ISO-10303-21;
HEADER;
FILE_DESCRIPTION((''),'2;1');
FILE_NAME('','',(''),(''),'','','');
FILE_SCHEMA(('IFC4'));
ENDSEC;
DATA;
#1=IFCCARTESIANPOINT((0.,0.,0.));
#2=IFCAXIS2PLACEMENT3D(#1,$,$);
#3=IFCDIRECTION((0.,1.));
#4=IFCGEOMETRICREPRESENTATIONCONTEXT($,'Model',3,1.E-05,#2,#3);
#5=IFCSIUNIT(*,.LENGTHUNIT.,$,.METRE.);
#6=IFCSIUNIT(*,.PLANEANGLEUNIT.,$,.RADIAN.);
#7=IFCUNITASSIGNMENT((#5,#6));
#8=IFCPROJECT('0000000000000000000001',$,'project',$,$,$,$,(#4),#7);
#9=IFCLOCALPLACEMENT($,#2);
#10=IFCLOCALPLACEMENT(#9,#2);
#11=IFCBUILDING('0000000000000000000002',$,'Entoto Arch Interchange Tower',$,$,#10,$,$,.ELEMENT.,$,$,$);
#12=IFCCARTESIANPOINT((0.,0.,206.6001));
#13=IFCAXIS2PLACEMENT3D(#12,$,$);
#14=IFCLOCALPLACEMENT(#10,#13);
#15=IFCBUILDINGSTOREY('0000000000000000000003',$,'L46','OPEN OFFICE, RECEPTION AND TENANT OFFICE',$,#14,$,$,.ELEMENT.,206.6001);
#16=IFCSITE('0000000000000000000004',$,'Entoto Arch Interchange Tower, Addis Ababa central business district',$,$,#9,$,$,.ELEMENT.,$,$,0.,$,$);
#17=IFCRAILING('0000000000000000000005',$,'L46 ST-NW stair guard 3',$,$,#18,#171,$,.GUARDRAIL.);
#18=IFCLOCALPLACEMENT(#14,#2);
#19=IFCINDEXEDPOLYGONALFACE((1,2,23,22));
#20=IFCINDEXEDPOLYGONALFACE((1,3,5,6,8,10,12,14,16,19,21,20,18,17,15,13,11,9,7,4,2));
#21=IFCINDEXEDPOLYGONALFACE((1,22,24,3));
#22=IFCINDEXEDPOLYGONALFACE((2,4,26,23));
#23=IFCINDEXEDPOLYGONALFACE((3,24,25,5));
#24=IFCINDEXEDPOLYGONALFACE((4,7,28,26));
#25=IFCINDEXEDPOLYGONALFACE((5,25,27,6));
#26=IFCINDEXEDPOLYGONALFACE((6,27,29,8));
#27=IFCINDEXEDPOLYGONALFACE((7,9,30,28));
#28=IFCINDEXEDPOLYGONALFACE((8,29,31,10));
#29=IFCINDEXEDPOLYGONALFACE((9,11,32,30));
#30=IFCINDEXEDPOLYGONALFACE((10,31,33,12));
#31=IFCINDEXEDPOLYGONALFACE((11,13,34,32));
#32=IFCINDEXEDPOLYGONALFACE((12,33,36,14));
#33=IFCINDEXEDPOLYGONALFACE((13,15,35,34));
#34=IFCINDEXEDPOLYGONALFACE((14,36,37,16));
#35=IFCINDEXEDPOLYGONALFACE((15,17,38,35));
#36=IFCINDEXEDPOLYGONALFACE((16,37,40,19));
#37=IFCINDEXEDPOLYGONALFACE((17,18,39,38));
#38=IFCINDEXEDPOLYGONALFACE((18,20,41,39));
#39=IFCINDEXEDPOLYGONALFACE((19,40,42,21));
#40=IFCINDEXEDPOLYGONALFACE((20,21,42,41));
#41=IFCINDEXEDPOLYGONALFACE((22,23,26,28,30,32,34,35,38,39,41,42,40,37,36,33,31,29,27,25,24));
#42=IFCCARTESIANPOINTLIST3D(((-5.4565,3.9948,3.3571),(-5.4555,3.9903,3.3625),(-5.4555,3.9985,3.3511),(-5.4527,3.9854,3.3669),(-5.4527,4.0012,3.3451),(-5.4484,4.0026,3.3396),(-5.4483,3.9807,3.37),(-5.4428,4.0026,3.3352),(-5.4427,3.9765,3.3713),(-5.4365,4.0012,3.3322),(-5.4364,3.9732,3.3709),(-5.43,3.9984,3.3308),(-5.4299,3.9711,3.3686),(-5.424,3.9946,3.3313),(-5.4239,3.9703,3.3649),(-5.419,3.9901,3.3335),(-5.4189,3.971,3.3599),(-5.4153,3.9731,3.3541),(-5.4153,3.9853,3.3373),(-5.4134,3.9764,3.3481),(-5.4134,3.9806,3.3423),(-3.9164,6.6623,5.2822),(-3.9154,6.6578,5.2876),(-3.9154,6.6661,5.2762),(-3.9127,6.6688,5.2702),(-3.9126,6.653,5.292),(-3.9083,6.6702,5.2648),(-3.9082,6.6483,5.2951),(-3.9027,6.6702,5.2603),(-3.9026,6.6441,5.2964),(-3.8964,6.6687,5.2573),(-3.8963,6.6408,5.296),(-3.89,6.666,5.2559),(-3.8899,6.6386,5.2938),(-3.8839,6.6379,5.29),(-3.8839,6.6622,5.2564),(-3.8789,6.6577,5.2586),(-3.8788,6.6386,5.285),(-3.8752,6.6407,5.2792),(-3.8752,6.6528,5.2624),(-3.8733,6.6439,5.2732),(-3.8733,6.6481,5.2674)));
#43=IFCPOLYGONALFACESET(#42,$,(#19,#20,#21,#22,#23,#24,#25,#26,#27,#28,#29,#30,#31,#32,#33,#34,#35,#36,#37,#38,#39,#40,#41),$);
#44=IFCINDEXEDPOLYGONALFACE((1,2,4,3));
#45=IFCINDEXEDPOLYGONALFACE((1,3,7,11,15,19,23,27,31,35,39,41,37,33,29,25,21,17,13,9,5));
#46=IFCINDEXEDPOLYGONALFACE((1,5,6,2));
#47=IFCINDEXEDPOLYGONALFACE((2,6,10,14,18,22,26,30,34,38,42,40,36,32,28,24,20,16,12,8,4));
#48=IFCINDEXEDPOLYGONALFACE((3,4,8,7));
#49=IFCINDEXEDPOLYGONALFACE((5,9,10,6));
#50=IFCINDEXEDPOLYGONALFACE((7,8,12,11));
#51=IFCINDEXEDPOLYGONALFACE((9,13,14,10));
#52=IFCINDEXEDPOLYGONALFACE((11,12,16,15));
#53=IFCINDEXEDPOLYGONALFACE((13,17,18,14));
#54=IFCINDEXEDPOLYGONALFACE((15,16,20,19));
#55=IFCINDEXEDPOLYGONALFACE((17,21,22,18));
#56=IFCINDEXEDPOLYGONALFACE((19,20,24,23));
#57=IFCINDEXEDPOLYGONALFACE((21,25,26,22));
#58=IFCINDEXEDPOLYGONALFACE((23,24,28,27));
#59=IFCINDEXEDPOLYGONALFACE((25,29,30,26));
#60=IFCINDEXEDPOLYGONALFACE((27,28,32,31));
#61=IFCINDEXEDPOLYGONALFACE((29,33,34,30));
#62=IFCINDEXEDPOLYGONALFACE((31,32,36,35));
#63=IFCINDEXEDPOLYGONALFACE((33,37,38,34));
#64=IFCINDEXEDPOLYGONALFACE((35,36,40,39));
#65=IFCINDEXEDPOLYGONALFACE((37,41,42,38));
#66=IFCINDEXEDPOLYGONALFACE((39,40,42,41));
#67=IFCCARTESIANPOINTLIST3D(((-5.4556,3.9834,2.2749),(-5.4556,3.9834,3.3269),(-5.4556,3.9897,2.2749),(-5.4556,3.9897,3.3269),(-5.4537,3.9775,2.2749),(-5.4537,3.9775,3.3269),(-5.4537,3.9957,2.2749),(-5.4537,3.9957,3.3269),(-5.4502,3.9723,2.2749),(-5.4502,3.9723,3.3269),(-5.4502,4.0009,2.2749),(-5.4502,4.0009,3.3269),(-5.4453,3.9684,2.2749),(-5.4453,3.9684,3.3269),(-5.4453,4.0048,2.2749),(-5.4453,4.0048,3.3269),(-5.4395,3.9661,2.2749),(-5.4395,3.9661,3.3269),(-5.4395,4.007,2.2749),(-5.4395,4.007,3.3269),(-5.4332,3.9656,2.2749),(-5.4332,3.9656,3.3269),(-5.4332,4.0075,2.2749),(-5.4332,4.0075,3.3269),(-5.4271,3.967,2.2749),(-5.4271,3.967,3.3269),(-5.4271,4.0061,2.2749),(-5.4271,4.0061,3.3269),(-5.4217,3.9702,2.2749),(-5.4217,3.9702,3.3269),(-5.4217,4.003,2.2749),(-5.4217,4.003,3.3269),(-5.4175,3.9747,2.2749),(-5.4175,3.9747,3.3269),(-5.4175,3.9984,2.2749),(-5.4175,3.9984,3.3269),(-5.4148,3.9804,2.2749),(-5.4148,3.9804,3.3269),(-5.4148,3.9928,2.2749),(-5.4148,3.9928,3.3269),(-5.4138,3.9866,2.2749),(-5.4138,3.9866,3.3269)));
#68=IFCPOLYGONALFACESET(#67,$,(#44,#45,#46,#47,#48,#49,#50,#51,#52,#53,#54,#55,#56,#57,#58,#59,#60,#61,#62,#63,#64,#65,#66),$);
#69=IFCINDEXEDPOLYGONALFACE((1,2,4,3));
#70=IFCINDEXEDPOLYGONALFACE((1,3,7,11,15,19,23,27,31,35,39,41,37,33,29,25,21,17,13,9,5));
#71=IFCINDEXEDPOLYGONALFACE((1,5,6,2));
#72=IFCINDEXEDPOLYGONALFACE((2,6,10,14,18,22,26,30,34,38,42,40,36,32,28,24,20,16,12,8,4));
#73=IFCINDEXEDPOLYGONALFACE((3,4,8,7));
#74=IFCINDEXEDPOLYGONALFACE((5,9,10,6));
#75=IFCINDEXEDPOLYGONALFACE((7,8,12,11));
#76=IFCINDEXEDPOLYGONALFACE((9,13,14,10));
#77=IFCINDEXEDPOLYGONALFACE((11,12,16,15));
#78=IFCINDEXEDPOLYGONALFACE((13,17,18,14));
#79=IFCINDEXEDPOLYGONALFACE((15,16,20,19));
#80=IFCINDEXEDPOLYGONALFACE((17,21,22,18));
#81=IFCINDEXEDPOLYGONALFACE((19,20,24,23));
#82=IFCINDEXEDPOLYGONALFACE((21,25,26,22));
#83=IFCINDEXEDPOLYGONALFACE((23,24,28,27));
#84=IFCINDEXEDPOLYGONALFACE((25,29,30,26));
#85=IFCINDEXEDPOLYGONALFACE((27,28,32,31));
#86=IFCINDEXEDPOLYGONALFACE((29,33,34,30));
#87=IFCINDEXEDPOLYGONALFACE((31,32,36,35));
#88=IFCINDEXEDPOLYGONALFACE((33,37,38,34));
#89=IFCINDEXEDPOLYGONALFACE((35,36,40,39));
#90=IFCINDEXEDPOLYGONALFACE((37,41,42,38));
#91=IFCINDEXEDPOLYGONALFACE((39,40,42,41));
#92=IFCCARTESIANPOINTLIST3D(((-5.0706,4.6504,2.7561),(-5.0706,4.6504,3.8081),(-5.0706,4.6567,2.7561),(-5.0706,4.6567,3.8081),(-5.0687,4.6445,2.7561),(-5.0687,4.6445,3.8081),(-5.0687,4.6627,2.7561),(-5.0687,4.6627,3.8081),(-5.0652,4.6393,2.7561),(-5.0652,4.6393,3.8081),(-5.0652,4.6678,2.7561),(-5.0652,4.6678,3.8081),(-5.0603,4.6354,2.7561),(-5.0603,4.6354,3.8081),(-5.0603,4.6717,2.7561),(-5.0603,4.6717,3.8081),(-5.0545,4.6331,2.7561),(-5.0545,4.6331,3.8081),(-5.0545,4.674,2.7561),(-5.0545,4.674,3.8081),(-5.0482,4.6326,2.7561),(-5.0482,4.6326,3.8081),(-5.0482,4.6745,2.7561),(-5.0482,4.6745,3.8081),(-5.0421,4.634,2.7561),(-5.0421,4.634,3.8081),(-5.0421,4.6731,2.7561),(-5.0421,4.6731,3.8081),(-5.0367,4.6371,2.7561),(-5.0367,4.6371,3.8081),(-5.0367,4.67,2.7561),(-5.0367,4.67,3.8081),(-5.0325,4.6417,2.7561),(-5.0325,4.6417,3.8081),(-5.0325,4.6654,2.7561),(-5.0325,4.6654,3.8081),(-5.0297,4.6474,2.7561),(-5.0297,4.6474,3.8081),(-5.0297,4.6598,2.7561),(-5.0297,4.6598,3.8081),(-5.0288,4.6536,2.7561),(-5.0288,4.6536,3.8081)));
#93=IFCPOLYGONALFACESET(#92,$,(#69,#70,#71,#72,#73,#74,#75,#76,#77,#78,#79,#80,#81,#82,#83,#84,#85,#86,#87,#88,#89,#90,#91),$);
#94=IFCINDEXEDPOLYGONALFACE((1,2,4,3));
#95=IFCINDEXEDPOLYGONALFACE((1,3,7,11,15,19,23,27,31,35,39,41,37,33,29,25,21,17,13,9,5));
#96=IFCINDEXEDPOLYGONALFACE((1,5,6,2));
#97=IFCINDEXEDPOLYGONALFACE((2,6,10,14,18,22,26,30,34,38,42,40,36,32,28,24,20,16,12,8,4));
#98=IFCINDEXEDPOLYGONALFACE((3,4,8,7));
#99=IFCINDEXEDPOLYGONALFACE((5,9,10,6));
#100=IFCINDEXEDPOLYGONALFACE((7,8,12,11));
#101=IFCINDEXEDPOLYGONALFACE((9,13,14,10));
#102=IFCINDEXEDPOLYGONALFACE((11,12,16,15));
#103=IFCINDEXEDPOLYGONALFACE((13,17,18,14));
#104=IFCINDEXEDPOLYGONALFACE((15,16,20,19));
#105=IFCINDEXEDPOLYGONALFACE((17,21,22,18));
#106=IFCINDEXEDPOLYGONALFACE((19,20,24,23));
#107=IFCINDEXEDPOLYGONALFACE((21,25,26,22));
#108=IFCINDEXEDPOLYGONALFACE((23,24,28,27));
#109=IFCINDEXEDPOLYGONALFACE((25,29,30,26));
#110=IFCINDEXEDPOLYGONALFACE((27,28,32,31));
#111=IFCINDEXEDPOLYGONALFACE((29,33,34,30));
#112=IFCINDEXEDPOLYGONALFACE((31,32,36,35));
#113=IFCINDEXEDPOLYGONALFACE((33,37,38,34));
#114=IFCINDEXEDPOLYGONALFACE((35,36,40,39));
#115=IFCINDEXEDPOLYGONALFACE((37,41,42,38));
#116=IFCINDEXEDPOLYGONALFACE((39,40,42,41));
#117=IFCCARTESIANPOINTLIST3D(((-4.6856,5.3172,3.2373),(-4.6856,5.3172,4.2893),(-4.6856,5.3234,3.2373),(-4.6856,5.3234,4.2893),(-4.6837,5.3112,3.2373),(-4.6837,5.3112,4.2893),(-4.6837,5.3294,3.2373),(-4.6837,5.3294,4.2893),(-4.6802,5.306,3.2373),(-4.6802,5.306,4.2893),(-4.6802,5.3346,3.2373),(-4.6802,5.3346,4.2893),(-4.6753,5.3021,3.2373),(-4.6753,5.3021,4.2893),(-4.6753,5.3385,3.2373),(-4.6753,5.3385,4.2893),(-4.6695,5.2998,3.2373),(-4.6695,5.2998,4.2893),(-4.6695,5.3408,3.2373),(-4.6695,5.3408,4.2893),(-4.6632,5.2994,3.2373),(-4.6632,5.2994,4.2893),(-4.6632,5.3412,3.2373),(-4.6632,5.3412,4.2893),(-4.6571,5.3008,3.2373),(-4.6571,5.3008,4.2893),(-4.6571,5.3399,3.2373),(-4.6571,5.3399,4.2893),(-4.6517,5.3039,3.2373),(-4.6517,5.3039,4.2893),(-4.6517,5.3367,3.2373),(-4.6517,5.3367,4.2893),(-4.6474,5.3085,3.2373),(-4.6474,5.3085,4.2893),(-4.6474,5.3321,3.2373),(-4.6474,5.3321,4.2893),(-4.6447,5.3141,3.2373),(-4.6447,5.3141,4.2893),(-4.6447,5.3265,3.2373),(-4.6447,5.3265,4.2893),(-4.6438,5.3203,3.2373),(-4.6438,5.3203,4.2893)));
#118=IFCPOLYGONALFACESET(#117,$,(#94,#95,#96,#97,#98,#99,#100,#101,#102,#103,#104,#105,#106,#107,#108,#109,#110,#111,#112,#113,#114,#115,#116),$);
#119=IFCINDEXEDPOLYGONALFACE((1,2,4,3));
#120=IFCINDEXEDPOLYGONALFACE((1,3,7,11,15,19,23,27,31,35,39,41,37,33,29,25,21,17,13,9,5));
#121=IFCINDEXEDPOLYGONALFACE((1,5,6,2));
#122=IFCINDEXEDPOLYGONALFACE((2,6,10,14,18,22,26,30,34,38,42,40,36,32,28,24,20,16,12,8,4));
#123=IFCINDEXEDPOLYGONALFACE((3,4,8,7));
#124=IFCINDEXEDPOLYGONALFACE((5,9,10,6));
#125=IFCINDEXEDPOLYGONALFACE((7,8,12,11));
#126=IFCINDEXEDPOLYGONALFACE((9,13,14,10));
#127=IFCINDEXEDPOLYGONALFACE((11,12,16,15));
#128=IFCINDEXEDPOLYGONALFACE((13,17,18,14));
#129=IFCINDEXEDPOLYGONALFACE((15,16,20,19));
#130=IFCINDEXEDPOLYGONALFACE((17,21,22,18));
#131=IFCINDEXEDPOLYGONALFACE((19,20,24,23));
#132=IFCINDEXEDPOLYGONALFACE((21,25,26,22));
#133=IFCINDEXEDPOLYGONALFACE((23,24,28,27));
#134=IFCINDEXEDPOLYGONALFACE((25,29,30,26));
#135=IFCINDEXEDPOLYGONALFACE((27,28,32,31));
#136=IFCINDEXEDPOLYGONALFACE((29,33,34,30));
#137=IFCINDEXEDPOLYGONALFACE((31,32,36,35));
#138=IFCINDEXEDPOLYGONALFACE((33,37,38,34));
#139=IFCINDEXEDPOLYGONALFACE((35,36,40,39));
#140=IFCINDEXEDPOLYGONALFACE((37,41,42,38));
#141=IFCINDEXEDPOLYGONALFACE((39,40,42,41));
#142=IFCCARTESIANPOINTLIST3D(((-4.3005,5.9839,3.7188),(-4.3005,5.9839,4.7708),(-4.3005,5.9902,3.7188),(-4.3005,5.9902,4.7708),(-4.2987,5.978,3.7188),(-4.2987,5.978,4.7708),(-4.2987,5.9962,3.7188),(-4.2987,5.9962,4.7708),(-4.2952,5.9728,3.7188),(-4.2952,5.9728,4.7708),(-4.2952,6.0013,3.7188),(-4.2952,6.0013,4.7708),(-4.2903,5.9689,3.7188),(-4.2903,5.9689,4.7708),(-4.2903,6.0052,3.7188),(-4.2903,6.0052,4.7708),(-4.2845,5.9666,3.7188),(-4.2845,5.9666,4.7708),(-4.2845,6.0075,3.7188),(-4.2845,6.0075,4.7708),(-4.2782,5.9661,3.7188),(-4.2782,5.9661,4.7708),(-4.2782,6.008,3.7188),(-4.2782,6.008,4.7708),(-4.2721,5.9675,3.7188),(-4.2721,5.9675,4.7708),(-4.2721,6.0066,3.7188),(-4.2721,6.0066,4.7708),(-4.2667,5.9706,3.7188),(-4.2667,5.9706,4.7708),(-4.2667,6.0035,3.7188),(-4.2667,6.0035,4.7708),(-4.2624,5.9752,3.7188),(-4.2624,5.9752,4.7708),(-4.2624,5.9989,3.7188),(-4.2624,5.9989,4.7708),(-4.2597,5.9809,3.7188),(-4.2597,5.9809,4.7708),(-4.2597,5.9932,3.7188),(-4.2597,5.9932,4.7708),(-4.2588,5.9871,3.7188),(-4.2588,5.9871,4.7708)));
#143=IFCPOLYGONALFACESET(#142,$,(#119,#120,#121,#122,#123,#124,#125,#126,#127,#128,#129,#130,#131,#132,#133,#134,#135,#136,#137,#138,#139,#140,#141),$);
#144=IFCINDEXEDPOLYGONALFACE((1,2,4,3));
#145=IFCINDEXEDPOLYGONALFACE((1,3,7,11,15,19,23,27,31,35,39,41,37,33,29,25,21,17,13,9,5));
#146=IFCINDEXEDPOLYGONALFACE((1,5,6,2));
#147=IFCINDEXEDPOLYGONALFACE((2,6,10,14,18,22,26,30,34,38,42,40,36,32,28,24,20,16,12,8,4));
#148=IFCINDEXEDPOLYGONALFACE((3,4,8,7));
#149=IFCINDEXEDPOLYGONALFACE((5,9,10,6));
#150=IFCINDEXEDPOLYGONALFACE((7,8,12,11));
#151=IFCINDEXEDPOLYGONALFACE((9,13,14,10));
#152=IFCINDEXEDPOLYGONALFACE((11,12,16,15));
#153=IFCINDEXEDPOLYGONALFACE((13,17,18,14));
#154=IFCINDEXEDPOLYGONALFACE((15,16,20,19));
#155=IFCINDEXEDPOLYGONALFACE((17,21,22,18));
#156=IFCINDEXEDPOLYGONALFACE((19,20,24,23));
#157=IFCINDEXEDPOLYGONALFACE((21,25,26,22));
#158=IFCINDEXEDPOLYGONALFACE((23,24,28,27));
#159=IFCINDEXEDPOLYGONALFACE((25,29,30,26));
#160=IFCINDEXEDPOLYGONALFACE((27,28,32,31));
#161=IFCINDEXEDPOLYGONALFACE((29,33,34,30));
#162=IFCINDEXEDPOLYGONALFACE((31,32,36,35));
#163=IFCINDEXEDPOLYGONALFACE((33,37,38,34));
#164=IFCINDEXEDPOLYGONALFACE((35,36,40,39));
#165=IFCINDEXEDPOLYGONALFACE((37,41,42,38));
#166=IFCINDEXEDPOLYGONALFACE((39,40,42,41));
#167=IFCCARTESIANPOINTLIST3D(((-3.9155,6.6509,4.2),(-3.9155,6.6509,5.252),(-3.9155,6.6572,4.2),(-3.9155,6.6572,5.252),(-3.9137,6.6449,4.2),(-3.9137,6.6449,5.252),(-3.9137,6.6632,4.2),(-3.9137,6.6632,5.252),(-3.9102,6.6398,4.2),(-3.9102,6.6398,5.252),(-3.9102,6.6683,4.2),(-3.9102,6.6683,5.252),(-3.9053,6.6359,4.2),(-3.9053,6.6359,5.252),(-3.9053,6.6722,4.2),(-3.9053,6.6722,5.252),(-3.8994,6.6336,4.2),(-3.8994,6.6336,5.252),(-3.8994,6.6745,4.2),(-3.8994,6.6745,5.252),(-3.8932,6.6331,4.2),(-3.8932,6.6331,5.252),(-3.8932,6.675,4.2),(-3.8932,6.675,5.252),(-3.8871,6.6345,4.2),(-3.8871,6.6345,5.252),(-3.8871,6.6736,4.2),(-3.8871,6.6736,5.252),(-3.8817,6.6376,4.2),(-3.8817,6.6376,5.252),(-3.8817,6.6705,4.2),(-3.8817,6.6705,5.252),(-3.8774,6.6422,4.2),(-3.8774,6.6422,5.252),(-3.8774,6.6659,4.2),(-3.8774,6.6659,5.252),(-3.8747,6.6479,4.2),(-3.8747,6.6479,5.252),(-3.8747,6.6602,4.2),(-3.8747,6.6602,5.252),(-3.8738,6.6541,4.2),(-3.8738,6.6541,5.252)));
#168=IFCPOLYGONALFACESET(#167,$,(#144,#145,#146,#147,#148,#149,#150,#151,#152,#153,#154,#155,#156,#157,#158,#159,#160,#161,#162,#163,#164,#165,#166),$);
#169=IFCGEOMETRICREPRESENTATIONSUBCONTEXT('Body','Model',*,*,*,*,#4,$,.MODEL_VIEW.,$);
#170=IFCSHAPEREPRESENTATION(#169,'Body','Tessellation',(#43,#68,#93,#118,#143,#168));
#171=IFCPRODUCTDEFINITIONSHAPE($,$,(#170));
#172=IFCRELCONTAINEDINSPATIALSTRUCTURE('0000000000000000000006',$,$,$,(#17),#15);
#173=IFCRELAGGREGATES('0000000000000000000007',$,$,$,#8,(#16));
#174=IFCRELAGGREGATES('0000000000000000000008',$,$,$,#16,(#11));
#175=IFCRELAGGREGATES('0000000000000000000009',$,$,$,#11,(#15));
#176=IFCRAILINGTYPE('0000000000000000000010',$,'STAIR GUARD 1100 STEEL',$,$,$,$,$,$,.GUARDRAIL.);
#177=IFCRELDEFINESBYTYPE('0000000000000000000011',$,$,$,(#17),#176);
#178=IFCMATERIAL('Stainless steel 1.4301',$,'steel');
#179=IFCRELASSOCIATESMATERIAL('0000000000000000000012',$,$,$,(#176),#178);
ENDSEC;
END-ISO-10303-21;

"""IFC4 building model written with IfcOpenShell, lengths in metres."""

from ifc_helpers import new_model, si_unit, direction, frame, origin, origin_2d, place, context, subcontext, project, spatial, circle, extrude, material, type_object, element, save


model = new_model("IFC4")

# Units and contexts
model_context = context("Model", 3, precision=1e-05, world=origin(), true_north=direction((0.0, 1.0)))
body_context = subcontext(model_context, "Body", "Model", "MODEL_VIEW")
ifc_project = project(units=[si_unit("LENGTHUNIT", "METRE"), si_unit("PLANEANGLEUNIT", "RADIAN")], contexts=[model_context])

# Site, building, storey
site_placement = place(None, origin())
site = spatial("IfcSite", under=ifc_project, at=site_placement, Name="Entoto Arch Interchange Tower, Addis Ababa central business district", CompositionType="ELEMENT", RefElevation=0.0)
building_placement = place(site_placement, origin())
building = spatial("IfcBuilding", under=site, at=building_placement, Name="Entoto Arch Interchange Tower", CompositionType="ELEMENT")
storey_placement = place(building_placement, frame((0.0, 0.0, 206.6001)))
storey = spatial("IfcBuildingStorey", under=building, at=storey_placement, Name="L46", Description="OPEN OFFICE, RECEPTION AND TENANT OFFICE", CompositionType="ELEMENT", Elevation=206.6001)

# Railing
ifc_material_1 = material(Name="Stainless steel 1.4301", Category="steel")
railing_type_1 = type_object("IfcRailingType", Name="STAIR GUARD 1100 STEEL", PredefinedType="GUARDRAIL", material=ifc_material_1)
railing_1_placement = place(storey_placement, frame((-5.4348, 3.9866, 2.2749)))
element("IfcRailing", 1, at=railing_1_placement, inside=storey, type_object=railing_type_1, Name="L46 ST-NW stair guard 3", PredefinedType="GUARDRAIL", context=body_context, shape_type="SweptSolid", body=[
    extrude(circle(Radius=0.0239, at=origin_2d()), frame((0.0, 0.0, 1.0762), z_axis=(0.423994, 0.734395, 0.529993), x_axis=(-0.86603, 0.499992, 0.0)), (0.0, 0.0, 1.0), 3.6323),
    extrude(circle(Radius=0.021, at=origin_2d()), origin(), (0.0, 0.0, 1.0), 1.052),
    extrude(circle(Radius=0.021, at=origin_2d()), frame((0.385, 0.667, 0.4812)), (0.0, 0.0, 1.0), 1.052),
    extrude(circle(Radius=0.021, at=origin_2d()), frame((0.77, 1.3337, 0.9624)), (0.0, 0.0, 1.0), 1.052),
    extrude(circle(Radius=0.021, at=origin_2d()), frame((1.155, 2.0005, 1.4438)), (0.0, 0.0, 1.0), 1.052),
    extrude(circle(Radius=0.021, at=origin_2d()), frame((1.54, 2.6675, 1.925)), (0.0, 0.0, 1.0), 1.052),
])

save(model, "model.ifc")
